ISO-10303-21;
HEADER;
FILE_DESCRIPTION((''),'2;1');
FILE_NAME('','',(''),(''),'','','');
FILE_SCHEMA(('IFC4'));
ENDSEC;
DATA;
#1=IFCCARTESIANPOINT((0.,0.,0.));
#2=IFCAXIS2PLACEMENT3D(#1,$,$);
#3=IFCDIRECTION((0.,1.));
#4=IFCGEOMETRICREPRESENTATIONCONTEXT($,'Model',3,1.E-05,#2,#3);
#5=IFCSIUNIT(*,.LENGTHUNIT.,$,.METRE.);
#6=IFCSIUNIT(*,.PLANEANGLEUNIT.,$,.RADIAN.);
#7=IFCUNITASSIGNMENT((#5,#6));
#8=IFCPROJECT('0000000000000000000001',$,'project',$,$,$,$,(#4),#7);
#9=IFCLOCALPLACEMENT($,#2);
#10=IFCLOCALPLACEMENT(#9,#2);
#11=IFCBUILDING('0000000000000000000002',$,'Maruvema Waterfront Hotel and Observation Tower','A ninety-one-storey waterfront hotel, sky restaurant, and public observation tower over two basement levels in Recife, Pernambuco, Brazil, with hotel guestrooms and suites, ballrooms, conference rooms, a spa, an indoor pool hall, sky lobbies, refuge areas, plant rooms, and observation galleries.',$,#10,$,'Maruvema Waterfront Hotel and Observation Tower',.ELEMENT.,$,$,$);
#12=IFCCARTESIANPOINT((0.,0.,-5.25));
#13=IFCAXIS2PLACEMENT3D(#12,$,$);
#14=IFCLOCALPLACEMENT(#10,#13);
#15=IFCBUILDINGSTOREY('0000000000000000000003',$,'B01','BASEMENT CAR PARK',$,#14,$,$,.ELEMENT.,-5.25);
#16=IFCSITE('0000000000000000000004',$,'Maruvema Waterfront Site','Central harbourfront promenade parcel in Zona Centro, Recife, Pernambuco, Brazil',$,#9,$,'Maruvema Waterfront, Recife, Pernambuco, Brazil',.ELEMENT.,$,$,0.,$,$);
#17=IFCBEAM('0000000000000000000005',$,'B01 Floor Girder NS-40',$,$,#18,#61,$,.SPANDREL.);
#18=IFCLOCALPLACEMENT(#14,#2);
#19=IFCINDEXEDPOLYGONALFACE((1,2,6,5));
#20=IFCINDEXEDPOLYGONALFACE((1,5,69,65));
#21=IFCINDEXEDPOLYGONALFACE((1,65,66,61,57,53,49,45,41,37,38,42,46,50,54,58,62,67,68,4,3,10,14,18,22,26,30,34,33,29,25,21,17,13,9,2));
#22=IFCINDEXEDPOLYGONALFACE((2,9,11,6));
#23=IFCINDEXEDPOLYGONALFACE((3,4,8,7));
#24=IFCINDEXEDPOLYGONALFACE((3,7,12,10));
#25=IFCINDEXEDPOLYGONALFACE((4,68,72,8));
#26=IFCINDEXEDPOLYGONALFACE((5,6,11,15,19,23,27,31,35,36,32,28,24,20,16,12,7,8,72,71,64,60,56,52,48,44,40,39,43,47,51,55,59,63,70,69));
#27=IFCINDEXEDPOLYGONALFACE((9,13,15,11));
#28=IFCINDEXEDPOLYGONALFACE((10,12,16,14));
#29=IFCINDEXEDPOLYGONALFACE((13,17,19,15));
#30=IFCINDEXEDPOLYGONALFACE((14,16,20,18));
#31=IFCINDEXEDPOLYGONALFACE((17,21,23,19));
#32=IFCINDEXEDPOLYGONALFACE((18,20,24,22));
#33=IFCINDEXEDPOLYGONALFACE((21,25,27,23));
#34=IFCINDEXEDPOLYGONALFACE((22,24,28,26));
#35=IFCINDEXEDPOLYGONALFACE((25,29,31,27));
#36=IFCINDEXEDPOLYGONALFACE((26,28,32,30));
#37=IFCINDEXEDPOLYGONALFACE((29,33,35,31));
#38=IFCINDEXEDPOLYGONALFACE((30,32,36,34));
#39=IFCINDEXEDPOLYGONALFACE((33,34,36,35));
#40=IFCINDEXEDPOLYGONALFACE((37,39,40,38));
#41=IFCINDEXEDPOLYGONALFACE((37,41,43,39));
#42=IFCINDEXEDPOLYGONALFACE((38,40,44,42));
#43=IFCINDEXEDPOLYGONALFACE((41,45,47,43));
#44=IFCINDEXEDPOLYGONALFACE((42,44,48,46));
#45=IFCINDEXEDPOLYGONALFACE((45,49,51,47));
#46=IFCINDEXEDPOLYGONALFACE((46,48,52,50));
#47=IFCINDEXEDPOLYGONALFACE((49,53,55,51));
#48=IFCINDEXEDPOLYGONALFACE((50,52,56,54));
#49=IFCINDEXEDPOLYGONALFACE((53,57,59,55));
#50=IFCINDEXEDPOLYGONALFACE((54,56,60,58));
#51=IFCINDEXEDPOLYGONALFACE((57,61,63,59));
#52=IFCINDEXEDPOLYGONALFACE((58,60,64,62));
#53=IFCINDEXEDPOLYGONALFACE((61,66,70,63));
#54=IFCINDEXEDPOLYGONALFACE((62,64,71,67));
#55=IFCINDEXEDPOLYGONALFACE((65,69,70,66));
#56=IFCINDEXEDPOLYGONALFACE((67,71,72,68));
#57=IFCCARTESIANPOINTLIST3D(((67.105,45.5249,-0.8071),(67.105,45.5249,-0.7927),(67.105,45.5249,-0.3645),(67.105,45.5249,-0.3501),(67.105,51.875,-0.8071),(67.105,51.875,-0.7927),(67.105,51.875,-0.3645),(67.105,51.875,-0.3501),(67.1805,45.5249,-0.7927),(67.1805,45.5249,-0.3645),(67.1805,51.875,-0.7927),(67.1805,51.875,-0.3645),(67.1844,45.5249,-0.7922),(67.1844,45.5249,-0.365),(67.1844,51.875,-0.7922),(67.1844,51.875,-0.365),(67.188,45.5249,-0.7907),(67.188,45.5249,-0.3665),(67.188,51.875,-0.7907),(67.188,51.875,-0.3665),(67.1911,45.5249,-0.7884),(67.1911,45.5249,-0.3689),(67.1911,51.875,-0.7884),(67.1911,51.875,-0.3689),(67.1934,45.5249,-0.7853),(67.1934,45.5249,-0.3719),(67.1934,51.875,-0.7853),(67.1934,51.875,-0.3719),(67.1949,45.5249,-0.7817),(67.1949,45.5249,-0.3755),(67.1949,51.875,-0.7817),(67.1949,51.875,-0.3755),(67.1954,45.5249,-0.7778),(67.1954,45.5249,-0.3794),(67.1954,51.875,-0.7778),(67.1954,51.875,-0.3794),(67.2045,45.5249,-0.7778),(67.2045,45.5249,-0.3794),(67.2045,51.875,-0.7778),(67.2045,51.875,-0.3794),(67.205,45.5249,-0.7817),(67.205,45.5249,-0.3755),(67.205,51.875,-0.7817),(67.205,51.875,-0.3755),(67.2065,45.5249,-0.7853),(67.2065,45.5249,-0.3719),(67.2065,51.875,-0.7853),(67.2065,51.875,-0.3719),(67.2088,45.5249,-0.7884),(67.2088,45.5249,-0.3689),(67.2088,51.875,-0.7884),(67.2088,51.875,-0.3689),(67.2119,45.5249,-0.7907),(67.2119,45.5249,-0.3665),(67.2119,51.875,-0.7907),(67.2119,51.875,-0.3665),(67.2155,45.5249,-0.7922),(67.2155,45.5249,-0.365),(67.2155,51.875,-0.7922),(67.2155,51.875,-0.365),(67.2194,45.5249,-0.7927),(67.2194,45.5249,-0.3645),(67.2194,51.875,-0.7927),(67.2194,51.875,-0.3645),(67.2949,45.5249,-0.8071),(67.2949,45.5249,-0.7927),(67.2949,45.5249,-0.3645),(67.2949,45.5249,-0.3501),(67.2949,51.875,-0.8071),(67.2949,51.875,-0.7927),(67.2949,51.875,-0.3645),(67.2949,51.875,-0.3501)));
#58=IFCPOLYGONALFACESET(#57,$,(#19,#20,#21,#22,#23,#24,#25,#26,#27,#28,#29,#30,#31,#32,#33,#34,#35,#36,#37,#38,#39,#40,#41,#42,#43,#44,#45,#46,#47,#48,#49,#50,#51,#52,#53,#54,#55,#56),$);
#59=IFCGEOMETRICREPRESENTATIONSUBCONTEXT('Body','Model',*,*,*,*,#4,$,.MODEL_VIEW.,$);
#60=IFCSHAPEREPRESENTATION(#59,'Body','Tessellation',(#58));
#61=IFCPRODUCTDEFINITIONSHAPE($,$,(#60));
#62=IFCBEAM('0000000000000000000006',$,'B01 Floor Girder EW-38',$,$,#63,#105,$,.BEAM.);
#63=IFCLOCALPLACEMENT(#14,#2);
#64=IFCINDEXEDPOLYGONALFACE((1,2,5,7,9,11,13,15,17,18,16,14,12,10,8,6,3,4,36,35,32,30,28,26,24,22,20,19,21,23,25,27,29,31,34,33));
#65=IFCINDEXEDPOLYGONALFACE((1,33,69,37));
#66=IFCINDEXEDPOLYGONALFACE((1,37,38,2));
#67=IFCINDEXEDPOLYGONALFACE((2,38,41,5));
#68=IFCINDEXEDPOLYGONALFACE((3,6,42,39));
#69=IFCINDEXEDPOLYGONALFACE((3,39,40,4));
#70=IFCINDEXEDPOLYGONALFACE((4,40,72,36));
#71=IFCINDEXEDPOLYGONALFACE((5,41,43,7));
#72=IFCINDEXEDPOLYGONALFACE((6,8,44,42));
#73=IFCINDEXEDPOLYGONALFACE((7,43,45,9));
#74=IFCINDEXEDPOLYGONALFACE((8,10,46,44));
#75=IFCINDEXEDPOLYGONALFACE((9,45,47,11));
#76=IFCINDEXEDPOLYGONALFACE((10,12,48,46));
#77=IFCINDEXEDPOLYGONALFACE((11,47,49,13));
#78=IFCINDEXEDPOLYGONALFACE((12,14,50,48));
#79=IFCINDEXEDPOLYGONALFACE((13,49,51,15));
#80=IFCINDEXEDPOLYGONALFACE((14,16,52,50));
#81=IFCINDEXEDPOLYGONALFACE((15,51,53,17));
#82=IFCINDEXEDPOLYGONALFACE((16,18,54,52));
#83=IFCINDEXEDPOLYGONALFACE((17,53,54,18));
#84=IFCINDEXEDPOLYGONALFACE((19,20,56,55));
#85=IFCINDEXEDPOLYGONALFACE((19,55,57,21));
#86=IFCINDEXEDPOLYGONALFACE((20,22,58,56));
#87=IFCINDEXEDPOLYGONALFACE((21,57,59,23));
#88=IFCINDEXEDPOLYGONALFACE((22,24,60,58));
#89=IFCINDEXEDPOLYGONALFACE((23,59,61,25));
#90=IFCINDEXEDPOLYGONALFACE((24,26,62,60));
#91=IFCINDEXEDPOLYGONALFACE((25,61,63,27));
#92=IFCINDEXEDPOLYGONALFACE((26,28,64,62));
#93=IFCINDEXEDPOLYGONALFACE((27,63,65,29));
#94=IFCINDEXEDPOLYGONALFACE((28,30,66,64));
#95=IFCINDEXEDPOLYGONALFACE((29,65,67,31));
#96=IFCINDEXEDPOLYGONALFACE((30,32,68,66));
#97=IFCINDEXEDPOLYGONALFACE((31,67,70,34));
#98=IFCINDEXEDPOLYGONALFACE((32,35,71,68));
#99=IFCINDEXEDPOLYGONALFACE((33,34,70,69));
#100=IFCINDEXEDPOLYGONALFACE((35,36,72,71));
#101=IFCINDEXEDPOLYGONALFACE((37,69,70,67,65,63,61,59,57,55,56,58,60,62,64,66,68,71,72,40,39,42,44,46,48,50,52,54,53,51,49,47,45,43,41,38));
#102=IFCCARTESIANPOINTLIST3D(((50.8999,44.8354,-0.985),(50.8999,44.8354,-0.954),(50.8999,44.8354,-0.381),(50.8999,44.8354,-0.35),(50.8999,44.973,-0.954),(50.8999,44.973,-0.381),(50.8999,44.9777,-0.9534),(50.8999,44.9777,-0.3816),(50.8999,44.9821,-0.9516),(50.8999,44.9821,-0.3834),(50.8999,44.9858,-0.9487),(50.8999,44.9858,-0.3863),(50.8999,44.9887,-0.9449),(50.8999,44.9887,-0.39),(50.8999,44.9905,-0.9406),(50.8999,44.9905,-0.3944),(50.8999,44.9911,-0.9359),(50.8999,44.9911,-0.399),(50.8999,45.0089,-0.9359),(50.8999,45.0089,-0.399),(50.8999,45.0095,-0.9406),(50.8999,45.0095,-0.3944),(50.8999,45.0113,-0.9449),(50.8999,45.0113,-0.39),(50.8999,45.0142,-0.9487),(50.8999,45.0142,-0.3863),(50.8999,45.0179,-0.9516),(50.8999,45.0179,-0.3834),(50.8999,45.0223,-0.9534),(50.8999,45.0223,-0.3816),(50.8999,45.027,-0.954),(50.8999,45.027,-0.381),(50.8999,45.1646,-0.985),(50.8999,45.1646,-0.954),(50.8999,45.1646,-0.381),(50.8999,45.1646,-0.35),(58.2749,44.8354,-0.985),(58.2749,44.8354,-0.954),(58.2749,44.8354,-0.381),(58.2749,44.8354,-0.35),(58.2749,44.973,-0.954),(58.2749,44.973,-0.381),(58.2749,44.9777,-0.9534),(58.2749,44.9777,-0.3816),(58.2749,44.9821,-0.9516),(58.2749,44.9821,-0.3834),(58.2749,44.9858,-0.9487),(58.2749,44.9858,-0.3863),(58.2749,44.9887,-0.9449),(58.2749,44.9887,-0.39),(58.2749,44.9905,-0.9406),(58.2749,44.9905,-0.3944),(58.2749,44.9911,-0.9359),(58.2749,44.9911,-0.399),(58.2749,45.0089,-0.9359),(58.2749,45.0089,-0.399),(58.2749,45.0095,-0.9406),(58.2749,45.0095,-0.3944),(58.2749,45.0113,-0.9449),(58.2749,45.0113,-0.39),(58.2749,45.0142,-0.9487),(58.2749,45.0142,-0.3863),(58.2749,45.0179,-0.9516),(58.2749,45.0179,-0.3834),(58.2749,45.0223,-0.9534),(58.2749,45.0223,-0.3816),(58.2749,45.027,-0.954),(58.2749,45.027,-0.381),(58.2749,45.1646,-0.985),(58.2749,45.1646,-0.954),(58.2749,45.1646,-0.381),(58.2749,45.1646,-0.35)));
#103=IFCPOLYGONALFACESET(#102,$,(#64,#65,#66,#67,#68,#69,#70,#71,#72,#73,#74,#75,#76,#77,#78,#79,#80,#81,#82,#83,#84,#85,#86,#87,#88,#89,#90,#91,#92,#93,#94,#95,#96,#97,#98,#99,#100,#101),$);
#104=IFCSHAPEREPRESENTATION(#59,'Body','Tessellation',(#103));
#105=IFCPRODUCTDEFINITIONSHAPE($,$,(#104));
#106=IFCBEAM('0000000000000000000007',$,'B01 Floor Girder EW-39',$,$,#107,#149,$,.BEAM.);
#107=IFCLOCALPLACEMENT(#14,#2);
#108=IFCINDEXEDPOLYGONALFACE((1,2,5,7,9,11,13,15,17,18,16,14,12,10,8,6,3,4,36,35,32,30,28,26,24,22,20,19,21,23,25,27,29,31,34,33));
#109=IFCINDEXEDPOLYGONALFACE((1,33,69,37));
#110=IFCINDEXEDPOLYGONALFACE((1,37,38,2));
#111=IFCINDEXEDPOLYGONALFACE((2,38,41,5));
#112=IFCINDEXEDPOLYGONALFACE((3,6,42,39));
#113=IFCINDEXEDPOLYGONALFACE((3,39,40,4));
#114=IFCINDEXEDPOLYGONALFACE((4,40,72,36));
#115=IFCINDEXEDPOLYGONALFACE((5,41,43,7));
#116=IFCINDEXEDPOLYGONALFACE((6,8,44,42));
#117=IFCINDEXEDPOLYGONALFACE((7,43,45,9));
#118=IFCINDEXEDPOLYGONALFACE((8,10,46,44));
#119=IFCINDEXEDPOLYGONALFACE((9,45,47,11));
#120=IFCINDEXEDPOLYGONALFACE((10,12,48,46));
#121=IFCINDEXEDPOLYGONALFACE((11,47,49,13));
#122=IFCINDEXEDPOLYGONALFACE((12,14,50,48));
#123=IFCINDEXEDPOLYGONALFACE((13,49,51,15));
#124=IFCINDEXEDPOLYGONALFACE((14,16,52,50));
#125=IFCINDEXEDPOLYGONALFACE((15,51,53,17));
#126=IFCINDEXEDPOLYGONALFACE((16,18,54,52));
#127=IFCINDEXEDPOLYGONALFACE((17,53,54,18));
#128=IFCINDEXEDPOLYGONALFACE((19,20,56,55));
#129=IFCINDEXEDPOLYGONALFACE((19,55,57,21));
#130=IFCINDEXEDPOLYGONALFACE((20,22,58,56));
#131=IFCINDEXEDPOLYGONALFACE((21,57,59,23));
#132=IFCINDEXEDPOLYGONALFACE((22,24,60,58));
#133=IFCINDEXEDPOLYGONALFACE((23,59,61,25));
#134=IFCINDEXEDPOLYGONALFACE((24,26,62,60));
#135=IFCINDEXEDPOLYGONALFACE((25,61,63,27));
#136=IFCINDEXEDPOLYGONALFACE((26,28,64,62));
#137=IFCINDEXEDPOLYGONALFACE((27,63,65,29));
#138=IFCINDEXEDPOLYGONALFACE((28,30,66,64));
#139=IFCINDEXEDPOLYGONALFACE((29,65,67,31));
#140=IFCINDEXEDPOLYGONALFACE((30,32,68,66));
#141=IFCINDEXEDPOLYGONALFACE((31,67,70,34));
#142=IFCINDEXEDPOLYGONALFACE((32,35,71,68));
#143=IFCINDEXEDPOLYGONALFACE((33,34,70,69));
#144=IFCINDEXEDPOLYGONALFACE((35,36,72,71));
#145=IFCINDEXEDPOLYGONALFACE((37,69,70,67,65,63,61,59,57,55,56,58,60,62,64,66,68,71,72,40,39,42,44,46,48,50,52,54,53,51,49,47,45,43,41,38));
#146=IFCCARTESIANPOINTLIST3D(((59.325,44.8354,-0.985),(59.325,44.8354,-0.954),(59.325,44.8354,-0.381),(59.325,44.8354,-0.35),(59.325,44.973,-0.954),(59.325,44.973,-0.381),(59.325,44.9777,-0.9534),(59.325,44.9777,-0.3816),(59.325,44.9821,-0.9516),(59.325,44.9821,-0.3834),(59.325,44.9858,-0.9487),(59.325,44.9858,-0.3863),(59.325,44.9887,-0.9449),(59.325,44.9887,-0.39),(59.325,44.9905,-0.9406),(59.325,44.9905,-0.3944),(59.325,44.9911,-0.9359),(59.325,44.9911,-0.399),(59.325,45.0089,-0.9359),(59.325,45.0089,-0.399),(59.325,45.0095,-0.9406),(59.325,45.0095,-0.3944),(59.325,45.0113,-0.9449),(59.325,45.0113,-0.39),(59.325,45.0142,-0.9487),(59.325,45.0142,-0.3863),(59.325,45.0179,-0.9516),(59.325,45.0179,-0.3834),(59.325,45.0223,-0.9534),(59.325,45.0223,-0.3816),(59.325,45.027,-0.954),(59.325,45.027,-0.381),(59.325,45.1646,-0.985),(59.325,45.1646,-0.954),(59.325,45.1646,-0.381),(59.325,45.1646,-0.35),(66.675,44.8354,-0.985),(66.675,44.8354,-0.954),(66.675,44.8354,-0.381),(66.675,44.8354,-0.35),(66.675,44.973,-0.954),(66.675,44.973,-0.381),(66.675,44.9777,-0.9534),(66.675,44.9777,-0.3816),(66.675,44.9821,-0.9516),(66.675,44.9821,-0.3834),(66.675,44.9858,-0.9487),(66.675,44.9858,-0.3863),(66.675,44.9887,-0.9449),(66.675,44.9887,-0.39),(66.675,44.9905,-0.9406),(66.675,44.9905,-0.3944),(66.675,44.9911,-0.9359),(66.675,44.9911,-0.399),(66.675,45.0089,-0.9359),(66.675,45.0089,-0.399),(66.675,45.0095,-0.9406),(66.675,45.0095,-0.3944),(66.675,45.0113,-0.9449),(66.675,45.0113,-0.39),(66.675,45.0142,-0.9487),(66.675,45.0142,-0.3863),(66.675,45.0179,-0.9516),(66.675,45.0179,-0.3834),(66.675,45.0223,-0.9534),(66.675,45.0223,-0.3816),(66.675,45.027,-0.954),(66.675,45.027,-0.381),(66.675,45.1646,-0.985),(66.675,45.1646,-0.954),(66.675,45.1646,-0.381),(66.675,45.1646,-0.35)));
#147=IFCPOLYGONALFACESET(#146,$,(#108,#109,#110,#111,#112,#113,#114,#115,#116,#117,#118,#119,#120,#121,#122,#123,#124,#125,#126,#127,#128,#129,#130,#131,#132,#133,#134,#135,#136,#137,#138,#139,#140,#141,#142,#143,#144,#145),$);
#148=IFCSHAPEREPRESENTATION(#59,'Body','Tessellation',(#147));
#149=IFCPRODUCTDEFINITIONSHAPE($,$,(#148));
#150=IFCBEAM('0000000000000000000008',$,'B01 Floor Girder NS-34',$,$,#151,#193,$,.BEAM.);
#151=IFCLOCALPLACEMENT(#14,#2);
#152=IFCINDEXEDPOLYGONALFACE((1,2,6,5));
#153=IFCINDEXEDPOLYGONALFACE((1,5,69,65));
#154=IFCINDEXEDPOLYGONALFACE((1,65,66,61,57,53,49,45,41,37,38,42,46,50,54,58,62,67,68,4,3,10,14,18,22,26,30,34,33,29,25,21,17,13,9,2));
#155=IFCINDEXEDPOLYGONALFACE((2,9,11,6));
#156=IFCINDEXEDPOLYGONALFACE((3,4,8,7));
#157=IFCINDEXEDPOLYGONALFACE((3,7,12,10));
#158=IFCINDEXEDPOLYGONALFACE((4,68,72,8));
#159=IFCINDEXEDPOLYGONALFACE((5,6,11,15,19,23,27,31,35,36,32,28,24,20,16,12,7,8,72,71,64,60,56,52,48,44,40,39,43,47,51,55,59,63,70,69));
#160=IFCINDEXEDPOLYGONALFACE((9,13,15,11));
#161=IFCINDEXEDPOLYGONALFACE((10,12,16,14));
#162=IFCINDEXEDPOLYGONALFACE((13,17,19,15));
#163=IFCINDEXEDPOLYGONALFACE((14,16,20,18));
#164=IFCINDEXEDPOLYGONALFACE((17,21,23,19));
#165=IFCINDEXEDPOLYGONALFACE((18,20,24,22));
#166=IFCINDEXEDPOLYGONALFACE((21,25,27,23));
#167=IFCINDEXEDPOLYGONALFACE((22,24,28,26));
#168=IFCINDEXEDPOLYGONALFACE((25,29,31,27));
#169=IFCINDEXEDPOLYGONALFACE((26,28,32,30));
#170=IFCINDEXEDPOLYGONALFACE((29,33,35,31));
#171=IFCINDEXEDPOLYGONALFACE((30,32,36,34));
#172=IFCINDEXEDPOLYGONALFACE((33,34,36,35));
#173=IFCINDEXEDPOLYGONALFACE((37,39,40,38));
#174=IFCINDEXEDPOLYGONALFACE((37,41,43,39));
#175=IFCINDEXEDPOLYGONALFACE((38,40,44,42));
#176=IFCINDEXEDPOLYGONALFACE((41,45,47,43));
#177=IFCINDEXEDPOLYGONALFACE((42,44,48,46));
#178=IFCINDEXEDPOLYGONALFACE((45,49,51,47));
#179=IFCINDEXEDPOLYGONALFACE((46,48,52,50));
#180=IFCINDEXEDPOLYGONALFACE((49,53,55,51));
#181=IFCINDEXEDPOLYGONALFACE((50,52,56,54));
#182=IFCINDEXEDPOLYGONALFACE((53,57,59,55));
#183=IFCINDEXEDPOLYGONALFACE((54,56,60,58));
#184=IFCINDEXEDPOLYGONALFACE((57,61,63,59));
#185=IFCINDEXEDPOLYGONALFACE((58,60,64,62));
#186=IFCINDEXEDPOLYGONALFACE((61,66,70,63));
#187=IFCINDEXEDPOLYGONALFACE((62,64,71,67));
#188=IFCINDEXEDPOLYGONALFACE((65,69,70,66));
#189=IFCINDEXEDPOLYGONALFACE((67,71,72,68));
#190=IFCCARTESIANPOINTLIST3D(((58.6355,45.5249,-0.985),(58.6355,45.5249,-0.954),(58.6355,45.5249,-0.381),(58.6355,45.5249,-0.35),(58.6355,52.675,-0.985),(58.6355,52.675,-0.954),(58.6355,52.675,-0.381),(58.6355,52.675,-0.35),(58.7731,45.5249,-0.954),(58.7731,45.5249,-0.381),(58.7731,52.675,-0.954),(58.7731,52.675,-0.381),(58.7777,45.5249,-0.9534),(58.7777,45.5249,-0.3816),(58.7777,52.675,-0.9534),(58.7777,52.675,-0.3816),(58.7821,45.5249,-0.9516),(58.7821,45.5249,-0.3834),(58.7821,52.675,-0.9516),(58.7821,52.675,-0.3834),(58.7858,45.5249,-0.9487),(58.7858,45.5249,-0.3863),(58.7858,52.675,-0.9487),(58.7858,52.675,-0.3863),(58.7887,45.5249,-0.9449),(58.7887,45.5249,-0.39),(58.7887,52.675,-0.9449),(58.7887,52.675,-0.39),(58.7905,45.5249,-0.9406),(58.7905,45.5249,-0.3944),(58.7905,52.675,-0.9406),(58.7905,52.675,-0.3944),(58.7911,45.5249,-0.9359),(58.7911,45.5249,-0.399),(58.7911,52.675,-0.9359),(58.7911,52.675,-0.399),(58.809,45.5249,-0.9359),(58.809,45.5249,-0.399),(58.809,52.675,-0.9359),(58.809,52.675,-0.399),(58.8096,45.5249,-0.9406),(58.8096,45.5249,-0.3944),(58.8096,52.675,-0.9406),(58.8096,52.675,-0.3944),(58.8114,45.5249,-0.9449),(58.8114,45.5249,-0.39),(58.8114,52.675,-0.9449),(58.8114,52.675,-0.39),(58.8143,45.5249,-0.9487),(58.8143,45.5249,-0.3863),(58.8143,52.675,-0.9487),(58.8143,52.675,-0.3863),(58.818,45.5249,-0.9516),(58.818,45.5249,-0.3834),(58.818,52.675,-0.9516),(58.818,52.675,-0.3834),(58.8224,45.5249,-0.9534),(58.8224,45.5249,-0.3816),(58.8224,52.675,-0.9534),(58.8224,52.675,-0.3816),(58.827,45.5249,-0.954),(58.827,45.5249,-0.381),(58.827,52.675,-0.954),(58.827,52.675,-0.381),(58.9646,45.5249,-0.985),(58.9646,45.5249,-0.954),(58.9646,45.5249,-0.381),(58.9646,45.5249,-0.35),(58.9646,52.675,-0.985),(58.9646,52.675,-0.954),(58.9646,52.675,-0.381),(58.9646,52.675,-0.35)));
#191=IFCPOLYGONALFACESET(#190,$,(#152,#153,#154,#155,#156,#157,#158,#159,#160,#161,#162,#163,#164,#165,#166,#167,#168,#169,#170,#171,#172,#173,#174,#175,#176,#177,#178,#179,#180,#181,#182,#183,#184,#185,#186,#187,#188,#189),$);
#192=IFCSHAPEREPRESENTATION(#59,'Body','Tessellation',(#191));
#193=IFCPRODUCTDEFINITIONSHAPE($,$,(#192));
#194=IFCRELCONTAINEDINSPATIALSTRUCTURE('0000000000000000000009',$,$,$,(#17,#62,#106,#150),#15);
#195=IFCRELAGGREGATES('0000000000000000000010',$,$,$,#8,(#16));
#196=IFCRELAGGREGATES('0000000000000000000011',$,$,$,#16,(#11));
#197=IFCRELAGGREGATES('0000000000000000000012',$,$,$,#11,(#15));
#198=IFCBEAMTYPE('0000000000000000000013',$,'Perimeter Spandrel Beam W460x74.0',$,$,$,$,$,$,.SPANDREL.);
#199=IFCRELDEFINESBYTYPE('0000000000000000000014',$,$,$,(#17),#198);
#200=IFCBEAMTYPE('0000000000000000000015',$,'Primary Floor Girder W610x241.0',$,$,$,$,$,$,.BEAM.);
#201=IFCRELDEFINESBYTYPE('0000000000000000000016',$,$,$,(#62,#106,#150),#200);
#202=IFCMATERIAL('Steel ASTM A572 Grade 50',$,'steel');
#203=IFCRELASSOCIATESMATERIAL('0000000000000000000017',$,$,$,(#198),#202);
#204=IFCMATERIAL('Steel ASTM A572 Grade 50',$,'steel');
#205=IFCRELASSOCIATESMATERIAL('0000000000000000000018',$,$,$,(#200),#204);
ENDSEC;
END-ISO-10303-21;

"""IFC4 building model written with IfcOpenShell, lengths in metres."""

from ifc_helpers import new_model, si_unit, direction, frame, origin, origin_2d, place, context, subcontext, project, spatial, i_section, extrude, material, material_profile, profile_set, type_object, element, save


model = new_model("IFC4")

# Units and contexts
model_context = context("Model", 3, precision=1e-05, world=origin(), true_north=direction((0.0, 1.0)))
body_context = subcontext(model_context, "Body", "Model", "MODEL_VIEW")
ifc_project = project(units=[si_unit("LENGTHUNIT", "METRE"), si_unit("PLANEANGLEUNIT", "RADIAN")], contexts=[model_context])

# Site, building, storey
site_placement = place(None, origin())
site = spatial("IfcSite", under=ifc_project, at=site_placement, Name="Maruvema Waterfront Site", Description="Central harbourfront promenade parcel in Zona Centro, Recife, Pernambuco, Brazil", LongName="Maruvema Waterfront, Recife, Pernambuco, Brazil", CompositionType="ELEMENT", RefElevation=0.0)
building_placement = place(site_placement, origin())
building = spatial("IfcBuilding", under=site, at=building_placement, Name="Maruvema Waterfront Hotel and Observation Tower", Description="A ninety-one-storey waterfront hotel, sky restaurant, and public observation tower over two basement levels in Recife, Pernambuco, Brazil, with hotel guestrooms and suites, ballrooms, conference rooms, a spa, an indoor pool hall, sky lobbies, refuge areas, plant rooms, and observation galleries.", LongName="Maruvema Waterfront Hotel and Observation Tower", CompositionType="ELEMENT")
storey_placement = place(building_placement, frame((0.0, 0.0, -5.25)))
storey = spatial("IfcBuildingStorey", under=building, at=storey_placement, Name="B01", Description="BASEMENT CAR PARK", CompositionType="ELEMENT", Elevation=-5.25)

# Beams
ifc_material_1 = material(Name="Steel ASTM A572 Grade 50", Category="steel")
ifc_material_profile_1 = material_profile(ifc_material_1, i_section(OverallWidth=0.1899, OverallDepth=0.457, WebThickness=0.009, FlangeThickness=0.0144, FilletRadius=0.0149, at=origin_2d()), Name="W460x74.0")
ifc_profile_set_1 = profile_set([ifc_material_profile_1], Name="Steel ASTM A572 Grade 50")
beam_type_1 = type_object("IfcBeamType", Name="Perimeter Spandrel Beam W460x74.0", PredefinedType="SPANDREL", material=ifc_profile_set_1)
beam_1_placement = place(storey_placement, frame((67.2, 45.5249, -0.5786), z_axis=(0.0, 1.0, 0.0), x_axis=(-1.0, 0.0, 0.0)))
element("IfcBeam", 1, at=beam_1_placement, inside=storey, type_object=beam_type_1, Name="B01 Floor Girder NS-40", PredefinedType="SPANDREL", context=body_context, shape_type="SweptSolid", body=[
    extrude(i_section(OverallWidth=0.1899, OverallDepth=0.457, WebThickness=0.009, FlangeThickness=0.0144, FilletRadius=0.0149, at=origin_2d()), origin(), (0.0, 0.0, 1.0), 6.3501),
])
ifc_material_2 = material(Name="Steel ASTM A572 Grade 50", Category="steel")
ifc_material_profile_2 = material_profile(ifc_material_2, i_section(OverallWidth=0.3291, OverallDepth=0.635, WebThickness=0.0178, FlangeThickness=0.031, FilletRadius=0.0181, at=origin_2d()), Name="W610x241.0")
ifc_profile_set_2 = profile_set([ifc_material_profile_2], Name="Steel ASTM A572 Grade 50")
beam_type_2 = type_object("IfcBeamType", Name="Primary Floor Girder W610x241.0", PredefinedType="BEAM", material=ifc_profile_set_2)
beam_2_placement = place(storey_placement, frame((50.8999, 45.0, -0.6675), z_axis=(1.0, 0.0, 0.0), x_axis=(0.0, 1.0, 0.0)))
element("IfcBeam", 2, at=beam_2_placement, inside=storey, type_object=beam_type_2, Name="B01 Floor Girder EW-38", PredefinedType="BEAM", context=body_context, shape_type="SweptSolid", body=[
    extrude(i_section(OverallWidth=0.3291, OverallDepth=0.635, WebThickness=0.0178, FlangeThickness=0.031, FilletRadius=0.0181, at=origin_2d()), origin(), (0.0, 0.0, 1.0), 7.375),
])
beam_3_placement = place(storey_placement, frame((59.325, 45.0, -0.6675), z_axis=(1.0, 0.0, 0.0), x_axis=(0.0, 1.0, 0.0)))
element("IfcBeam", 3, at=beam_3_placement, inside=storey, type_object=beam_type_2, Name="B01 Floor Girder EW-39", PredefinedType="BEAM", context=body_context, shape_type="SweptSolid", body=[
    extrude(i_section(OverallWidth=0.3291, OverallDepth=0.635, WebThickness=0.0178, FlangeThickness=0.031, FilletRadius=0.0181, at=origin_2d()), origin(), (0.0, 0.0, 1.0), 7.3501),
])
beam_4_placement = place(storey_placement, frame((58.8, 45.5249, -0.6675), z_axis=(0.0, 1.0, 0.0), x_axis=(-1.0, 0.0, 0.0)))
element("IfcBeam", 4, at=beam_4_placement, inside=storey, type_object=beam_type_2, Name="B01 Floor Girder NS-34", PredefinedType="BEAM", context=body_context, shape_type="SweptSolid", body=[
    extrude(i_section(OverallWidth=0.3291, OverallDepth=0.635, WebThickness=0.0178, FlangeThickness=0.031, FilletRadius=0.0181, at=origin_2d()), origin(), (0.0, 0.0, 1.0), 7.1501),
])

save(model, "model.ifc")
